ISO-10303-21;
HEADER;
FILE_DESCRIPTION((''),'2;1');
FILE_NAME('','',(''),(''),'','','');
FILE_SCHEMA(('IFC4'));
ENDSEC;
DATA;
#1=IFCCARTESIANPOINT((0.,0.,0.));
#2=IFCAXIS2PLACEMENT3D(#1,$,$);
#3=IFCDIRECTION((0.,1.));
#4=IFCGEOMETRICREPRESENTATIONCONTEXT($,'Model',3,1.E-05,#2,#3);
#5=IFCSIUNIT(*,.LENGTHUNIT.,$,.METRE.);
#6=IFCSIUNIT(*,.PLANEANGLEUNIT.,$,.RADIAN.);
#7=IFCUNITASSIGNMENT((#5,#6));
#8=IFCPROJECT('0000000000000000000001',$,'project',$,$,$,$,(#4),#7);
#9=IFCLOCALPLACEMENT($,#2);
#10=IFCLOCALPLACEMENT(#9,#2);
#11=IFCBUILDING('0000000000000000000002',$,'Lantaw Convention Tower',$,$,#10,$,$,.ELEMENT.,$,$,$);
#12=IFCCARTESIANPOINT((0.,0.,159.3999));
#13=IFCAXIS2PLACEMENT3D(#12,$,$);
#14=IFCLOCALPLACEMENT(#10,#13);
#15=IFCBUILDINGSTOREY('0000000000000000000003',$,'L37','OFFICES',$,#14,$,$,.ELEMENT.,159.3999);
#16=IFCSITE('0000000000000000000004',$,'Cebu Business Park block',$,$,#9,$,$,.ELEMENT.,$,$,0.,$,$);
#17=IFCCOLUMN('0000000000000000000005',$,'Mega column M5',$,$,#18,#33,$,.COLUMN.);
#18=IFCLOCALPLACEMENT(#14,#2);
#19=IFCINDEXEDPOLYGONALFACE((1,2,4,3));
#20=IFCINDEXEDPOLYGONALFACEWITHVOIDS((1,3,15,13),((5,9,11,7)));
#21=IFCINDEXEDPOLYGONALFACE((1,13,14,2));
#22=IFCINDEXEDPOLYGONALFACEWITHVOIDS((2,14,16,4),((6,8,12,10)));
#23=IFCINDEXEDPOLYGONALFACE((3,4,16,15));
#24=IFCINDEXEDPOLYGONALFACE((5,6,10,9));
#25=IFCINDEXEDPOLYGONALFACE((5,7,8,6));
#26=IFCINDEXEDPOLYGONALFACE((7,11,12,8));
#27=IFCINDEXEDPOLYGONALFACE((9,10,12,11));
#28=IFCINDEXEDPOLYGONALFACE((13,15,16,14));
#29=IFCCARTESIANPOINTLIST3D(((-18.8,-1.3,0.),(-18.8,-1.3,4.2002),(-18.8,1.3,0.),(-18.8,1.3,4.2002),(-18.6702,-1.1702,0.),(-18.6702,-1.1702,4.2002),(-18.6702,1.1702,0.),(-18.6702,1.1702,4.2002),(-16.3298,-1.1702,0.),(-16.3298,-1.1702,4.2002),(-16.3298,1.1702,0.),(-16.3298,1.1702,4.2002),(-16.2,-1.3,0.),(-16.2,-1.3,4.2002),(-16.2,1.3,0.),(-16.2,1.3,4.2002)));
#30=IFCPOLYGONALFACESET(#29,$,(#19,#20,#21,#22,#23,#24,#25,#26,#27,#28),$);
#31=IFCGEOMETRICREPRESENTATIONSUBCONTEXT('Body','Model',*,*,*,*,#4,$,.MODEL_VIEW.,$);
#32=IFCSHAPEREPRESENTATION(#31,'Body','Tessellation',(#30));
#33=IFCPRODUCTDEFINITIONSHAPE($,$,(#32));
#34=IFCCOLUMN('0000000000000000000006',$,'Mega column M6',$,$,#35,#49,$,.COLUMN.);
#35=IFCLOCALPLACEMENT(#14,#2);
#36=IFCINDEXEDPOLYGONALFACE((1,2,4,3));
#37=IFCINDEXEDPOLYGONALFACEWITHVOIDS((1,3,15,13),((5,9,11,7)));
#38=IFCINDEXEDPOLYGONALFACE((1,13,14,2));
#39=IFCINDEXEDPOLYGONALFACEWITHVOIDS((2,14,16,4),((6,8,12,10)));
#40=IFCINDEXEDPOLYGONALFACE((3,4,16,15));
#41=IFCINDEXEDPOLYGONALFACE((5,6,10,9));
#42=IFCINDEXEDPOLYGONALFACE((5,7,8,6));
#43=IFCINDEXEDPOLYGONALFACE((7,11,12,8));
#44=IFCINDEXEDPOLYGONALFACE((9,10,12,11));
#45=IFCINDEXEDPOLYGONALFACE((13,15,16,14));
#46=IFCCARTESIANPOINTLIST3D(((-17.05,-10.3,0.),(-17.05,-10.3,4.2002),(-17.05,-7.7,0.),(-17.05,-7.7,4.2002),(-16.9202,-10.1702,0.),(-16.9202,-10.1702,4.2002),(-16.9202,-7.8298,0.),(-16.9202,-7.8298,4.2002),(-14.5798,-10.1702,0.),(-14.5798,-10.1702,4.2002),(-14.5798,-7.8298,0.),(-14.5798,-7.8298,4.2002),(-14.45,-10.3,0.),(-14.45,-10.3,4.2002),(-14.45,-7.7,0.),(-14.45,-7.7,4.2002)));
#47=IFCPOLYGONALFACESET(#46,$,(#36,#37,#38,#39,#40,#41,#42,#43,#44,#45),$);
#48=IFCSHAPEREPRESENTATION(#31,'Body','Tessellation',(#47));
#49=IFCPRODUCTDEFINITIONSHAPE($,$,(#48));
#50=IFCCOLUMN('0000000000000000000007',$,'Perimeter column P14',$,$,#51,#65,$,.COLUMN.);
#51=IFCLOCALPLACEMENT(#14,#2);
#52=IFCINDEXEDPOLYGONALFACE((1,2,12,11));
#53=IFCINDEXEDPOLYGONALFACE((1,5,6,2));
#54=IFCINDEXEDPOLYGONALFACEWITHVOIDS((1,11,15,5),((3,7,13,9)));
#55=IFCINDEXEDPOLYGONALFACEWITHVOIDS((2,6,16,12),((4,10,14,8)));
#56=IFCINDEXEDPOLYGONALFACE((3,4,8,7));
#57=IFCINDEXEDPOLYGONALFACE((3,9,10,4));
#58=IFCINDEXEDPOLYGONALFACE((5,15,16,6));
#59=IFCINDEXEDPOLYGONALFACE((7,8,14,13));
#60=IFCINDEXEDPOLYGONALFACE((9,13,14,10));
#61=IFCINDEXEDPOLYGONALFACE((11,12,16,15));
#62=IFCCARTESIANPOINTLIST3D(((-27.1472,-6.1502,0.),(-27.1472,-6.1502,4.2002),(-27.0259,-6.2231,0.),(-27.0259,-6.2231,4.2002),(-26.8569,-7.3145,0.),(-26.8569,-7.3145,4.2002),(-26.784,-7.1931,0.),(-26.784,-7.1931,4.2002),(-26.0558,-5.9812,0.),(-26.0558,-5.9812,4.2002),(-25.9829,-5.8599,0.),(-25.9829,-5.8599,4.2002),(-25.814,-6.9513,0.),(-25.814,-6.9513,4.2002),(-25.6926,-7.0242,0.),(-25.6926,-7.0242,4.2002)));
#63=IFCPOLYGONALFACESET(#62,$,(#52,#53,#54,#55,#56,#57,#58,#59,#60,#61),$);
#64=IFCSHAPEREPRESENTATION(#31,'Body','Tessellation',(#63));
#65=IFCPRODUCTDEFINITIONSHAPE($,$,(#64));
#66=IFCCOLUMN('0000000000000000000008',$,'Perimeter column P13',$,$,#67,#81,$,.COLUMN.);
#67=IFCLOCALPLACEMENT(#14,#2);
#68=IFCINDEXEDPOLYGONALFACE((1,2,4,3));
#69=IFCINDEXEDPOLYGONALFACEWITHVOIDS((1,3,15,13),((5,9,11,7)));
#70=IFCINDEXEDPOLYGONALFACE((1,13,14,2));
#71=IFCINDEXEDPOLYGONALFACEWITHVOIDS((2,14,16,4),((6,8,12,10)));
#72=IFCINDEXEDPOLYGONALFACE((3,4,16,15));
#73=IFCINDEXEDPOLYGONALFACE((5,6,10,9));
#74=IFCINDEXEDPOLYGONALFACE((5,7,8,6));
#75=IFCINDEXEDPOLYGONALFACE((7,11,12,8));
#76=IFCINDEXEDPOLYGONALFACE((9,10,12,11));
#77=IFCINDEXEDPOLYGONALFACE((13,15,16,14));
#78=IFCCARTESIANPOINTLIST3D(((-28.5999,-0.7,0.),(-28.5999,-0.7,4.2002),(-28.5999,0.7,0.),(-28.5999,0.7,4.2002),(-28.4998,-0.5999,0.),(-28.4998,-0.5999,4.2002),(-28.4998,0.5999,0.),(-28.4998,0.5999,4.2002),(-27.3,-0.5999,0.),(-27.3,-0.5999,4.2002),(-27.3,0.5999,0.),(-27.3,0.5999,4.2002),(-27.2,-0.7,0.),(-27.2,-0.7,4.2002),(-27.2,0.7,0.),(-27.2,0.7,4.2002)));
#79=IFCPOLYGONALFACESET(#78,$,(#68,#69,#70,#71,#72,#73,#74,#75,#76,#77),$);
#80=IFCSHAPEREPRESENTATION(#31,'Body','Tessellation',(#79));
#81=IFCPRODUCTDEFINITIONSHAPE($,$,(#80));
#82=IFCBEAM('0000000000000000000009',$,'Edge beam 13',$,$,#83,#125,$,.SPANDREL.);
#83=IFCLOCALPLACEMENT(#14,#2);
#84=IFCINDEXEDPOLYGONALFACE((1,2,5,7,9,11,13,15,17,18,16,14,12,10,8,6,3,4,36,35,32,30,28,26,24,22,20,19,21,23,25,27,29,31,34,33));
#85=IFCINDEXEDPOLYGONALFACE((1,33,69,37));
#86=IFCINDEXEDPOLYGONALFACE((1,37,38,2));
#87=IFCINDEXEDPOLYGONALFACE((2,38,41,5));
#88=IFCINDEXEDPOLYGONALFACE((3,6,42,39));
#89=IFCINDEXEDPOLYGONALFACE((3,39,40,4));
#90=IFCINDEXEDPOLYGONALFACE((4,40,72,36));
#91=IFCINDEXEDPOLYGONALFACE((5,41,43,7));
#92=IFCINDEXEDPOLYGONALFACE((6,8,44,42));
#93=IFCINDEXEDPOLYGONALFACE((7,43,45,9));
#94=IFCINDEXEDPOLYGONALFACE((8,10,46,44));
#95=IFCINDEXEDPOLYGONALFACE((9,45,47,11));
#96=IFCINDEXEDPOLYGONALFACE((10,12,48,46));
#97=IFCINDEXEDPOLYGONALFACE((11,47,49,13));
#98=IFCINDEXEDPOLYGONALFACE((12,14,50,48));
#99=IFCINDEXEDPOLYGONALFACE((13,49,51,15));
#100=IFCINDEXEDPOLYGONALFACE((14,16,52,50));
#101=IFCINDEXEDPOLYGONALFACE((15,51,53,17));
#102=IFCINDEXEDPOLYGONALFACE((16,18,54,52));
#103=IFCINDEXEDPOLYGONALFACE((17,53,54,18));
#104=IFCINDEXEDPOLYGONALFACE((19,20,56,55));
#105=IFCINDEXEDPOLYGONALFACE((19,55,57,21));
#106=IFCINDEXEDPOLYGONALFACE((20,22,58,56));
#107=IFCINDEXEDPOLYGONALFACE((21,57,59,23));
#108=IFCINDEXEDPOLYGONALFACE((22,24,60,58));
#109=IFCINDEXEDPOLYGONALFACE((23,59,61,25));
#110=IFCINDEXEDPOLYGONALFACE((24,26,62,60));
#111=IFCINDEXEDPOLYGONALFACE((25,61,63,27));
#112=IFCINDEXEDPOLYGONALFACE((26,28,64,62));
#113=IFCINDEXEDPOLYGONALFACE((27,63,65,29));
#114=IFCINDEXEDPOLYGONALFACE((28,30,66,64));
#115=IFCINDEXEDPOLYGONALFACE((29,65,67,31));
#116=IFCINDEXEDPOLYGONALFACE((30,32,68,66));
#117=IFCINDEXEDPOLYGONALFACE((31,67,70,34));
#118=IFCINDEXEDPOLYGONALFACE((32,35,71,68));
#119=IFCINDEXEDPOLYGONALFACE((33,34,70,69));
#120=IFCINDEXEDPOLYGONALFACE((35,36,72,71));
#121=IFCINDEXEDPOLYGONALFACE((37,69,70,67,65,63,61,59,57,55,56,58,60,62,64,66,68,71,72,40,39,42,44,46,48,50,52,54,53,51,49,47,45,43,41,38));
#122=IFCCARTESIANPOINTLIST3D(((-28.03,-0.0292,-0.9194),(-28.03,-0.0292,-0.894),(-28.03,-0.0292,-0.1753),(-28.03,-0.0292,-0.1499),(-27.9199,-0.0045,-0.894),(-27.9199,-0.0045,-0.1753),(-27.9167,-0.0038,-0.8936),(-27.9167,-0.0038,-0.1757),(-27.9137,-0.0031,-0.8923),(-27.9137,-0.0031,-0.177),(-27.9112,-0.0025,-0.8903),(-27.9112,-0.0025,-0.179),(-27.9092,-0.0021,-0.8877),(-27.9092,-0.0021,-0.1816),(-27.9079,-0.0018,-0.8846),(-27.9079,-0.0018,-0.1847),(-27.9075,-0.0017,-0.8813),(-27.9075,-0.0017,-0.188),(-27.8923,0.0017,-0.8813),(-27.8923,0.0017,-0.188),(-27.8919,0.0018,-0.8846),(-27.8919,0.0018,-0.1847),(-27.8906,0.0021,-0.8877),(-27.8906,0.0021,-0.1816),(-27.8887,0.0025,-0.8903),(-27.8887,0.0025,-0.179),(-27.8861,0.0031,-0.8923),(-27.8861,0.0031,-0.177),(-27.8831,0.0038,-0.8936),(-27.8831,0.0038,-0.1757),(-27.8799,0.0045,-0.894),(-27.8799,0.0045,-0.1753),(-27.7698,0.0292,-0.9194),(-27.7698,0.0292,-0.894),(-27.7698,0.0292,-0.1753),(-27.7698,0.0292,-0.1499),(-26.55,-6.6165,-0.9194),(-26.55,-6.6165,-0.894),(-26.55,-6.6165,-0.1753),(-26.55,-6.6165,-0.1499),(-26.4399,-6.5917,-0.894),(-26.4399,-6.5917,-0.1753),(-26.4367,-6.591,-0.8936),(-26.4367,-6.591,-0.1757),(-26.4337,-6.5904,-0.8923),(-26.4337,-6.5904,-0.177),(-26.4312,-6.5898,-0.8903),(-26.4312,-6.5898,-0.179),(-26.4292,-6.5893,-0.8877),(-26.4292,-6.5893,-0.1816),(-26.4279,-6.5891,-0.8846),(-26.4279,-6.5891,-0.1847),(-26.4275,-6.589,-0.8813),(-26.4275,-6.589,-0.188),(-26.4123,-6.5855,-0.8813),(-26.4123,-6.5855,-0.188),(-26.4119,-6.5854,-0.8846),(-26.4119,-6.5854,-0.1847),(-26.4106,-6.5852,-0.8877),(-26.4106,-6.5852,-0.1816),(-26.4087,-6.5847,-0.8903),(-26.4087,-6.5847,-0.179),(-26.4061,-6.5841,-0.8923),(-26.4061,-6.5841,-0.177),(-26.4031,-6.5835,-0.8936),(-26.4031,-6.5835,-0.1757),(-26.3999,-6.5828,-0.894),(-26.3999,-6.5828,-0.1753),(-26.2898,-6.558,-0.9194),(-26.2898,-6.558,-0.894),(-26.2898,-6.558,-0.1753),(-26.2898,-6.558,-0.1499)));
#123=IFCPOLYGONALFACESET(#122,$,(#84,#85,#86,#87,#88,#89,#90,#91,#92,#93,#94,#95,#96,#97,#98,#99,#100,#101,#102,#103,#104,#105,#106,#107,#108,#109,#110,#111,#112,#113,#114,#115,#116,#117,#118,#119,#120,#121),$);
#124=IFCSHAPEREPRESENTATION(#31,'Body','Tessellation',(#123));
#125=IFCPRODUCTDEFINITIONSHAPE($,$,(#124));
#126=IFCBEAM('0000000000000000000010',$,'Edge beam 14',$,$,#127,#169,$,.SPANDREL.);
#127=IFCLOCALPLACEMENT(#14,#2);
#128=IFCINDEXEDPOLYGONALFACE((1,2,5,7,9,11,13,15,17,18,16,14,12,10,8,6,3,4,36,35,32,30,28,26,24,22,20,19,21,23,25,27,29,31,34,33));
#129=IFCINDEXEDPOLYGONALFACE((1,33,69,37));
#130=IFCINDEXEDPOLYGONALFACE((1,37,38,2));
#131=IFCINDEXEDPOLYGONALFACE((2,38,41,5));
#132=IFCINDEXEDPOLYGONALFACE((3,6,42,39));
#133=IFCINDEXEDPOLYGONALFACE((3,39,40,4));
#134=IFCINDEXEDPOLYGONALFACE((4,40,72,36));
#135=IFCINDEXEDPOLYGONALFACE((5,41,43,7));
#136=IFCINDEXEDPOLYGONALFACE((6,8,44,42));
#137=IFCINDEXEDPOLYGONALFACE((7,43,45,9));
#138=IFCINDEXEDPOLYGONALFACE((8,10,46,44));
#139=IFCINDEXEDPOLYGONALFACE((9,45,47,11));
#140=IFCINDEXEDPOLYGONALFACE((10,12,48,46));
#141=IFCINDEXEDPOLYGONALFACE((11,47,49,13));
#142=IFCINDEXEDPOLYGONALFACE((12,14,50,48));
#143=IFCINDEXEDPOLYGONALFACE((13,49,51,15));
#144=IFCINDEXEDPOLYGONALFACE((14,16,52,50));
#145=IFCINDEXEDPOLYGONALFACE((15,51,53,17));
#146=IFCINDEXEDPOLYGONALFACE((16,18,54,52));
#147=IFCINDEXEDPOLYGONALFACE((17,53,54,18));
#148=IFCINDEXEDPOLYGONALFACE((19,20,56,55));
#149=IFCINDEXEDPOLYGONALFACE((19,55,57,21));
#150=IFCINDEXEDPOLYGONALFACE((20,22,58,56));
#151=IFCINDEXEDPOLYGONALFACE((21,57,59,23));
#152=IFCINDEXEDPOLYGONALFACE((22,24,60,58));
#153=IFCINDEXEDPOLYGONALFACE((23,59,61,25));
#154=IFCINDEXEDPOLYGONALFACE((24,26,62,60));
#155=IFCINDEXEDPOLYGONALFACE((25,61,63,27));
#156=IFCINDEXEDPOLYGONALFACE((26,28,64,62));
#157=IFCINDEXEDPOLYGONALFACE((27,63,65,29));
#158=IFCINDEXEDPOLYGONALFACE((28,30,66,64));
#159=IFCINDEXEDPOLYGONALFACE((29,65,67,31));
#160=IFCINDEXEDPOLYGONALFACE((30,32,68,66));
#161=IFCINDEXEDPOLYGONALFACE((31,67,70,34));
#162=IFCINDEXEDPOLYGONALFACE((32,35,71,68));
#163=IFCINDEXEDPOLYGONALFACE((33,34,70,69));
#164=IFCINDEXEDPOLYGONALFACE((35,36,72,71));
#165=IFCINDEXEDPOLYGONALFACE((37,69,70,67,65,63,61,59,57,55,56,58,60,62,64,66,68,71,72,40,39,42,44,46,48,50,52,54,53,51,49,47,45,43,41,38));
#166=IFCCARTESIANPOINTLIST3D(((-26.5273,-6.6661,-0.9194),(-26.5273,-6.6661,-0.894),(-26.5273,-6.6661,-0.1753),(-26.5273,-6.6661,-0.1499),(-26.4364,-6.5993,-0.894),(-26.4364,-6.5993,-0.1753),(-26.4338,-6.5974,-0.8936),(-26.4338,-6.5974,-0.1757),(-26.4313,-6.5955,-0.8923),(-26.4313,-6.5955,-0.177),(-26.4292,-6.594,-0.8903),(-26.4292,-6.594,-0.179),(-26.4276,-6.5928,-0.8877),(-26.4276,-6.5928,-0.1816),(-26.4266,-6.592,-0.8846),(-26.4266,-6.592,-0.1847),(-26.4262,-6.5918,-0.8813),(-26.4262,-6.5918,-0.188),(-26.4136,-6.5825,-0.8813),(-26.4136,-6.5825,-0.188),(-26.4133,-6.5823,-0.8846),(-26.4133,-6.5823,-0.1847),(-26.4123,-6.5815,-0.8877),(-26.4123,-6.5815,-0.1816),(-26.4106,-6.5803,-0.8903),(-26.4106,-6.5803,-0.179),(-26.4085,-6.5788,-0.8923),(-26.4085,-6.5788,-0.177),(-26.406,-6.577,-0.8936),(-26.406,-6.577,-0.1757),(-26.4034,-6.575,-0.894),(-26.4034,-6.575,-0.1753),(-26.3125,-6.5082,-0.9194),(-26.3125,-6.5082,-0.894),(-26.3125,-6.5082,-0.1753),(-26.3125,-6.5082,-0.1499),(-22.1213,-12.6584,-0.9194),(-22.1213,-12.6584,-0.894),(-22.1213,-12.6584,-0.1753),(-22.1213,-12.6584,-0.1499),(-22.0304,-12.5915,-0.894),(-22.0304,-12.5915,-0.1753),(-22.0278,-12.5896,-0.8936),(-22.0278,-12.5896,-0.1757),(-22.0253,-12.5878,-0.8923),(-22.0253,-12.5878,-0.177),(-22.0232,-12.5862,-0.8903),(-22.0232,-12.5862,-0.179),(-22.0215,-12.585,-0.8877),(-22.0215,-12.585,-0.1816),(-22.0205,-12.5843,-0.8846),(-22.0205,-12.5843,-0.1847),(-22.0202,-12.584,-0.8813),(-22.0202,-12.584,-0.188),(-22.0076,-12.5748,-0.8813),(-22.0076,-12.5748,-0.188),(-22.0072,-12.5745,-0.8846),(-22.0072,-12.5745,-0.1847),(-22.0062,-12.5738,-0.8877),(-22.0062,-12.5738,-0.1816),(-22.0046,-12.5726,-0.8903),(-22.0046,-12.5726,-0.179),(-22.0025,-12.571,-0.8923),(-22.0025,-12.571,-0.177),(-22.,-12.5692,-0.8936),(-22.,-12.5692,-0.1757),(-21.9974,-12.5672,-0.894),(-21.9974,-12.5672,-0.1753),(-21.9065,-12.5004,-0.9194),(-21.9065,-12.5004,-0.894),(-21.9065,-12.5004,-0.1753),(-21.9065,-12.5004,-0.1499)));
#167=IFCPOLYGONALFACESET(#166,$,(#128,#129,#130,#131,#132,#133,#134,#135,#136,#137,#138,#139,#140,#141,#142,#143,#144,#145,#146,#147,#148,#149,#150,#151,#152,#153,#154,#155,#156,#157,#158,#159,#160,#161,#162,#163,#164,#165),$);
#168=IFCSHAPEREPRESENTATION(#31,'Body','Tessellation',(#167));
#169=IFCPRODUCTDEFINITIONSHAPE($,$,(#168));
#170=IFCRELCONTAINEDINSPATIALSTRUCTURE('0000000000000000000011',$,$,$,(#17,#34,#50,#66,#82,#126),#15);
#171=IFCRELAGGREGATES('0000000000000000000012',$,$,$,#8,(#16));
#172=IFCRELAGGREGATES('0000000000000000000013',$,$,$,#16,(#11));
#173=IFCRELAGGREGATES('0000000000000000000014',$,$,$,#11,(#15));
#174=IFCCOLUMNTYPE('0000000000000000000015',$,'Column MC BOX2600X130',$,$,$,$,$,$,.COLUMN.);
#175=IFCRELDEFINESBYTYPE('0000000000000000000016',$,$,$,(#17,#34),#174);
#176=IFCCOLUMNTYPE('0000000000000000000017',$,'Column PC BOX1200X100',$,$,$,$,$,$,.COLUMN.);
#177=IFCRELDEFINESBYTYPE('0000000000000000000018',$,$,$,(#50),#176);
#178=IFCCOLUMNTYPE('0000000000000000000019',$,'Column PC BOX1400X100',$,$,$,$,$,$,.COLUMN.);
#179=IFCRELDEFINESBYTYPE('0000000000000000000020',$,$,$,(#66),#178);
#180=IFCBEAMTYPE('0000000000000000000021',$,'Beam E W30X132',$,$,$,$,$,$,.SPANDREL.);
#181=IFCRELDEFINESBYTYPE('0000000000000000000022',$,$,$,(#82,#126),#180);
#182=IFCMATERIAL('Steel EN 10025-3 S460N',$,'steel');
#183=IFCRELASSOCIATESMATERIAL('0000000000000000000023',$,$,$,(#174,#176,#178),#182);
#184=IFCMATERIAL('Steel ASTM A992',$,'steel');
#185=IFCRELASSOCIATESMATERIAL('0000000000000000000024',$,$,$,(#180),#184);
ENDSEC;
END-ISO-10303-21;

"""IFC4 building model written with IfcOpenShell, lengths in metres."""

from ifc_helpers import new_model, si_unit, direction, frame, origin, origin_2d, place, context, subcontext, project, spatial, rectangle, hollow_rectangle, i_section, extrude, material, material_profile, profile_set, type_object, element, save


model = new_model("IFC4")

# Units and contexts
model_context = context("Model", 3, precision=1e-05, world=origin(), true_north=direction((0.0, 1.0)))
body_context = subcontext(model_context, "Body", "Model", "MODEL_VIEW")
ifc_project = project(units=[si_unit("LENGTHUNIT", "METRE"), si_unit("PLANEANGLEUNIT", "RADIAN")], contexts=[model_context])

# Site, building, storey
site_placement = place(None, origin())
site = spatial("IfcSite", under=ifc_project, at=site_placement, Name="Cebu Business Park block", CompositionType="ELEMENT", RefElevation=0.0)
building_placement = place(site_placement, origin())
building = spatial("IfcBuilding", under=site, at=building_placement, Name="Lantaw Convention Tower", CompositionType="ELEMENT")
storey_placement = place(building_placement, frame((0.0, 0.0, 159.3999)))
storey = spatial("IfcBuildingStorey", under=building, at=storey_placement, Name="L37", Description="OFFICES", CompositionType="ELEMENT", Elevation=159.3999)

# Columns
ifc_material_1 = material(Name="Steel EN 10025-3 S460N", Category="steel")
ifc_material_profile_1 = material_profile(ifc_material_1, hollow_rectangle(XDim=2.6001, YDim=2.6001, WallThickness=0.1299, at=origin_2d()), Name="BOX2600X130")
ifc_material_2 = material(Name="Concrete C60/75", Category="concrete")
ifc_material_profile_2 = material_profile(ifc_material_2, rectangle(XDim=2.3401, YDim=2.3401, at=origin_2d()), Name="Concrete fill of BOX2600X130")
ifc_profile_set_1 = profile_set([ifc_material_profile_1, ifc_material_profile_2], Name="Steel EN 10025-3 S460N")
column_type_1 = type_object("IfcColumnType", Name="Column MC BOX2600X130", PredefinedType="COLUMN", material=ifc_profile_set_1)
for number, where, z_axis, x_axis, name in (
    (1, (-17.5, 0.0, 0.0), (0.0, 0.0, 1.0), (1.0, 0.0, 0.0), "Mega column M5"),
    (2, (-15.75, -9.0, 0.0), (0.0, 0.0, 1.0), (1.0, 0.0, 0.0), "Mega column M6"),
):
    element("IfcColumn", number, at=place(storey_placement, frame(where, z_axis=z_axis, x_axis=x_axis)), inside=storey, type_object=column_type_1, Name=name, PredefinedType="COLUMN", context=body_context, shape_type="SweptSolid", body=[
        extrude(hollow_rectangle(XDim=2.6001, YDim=2.6001, WallThickness=0.1299, at=origin_2d()), origin(), (0.0, 0.0, 1.0), 4.2002),
    ])
ifc_material_profile_3 = material_profile(ifc_material_1, hollow_rectangle(XDim=1.2, YDim=1.2, WallThickness=0.1001, at=origin_2d()), Name="BOX1200X100")
ifc_material_profile_4 = material_profile(ifc_material_2, rectangle(XDim=1.0, YDim=1.0, at=origin_2d()), Name="Concrete fill of BOX1200X100")
ifc_profile_set_2 = profile_set([ifc_material_profile_3, ifc_material_profile_4], Name="Steel EN 10025-3 S460N")
column_type_2 = type_object("IfcColumnType", Name="Column PC BOX1200X100", PredefinedType="COLUMN", material=ifc_profile_set_2)
column_1_placement = place(storey_placement, frame((-26.4199, -6.5872, 0.0), z_axis=(0.0, 0.0, 1.0), x_axis=(0.970296, 0.241922, 0.0)))
element("IfcColumn", 3, at=column_1_placement, inside=storey, type_object=column_type_2, Name="Perimeter column P14", PredefinedType="COLUMN", context=body_context, shape_type="SweptSolid", body=[
    extrude(hollow_rectangle(XDim=1.2, YDim=1.2, WallThickness=0.1001, at=origin_2d()), origin(), (0.0, 0.0, 1.0), 4.2002),
])
ifc_material_profile_5 = material_profile(ifc_material_1, hollow_rectangle(XDim=1.3999, YDim=1.3999, WallThickness=0.1001, at=origin_2d()), Name="BOX1400X100")
ifc_material_profile_6 = material_profile(ifc_material_2, rectangle(XDim=1.2, YDim=1.2, at=origin_2d()), Name="Concrete fill of BOX1400X100")
ifc_profile_set_3 = profile_set([ifc_material_profile_5, ifc_material_profile_6], Name="Steel EN 10025-3 S460N")
column_type_3 = type_object("IfcColumnType", Name="Column PC BOX1400X100", PredefinedType="COLUMN", material=ifc_profile_set_3)
column_2_placement = place(storey_placement, frame((-27.8999, 0.0, 0.0), z_axis=(0.0, 0.0, 1.0), x_axis=(1.0, 0.0, 0.0)))
element("IfcColumn", 4, at=column_2_placement, inside=storey, type_object=column_type_3, Name="Perimeter column P13", PredefinedType="COLUMN", context=body_context, shape_type="SweptSolid", body=[
    extrude(hollow_rectangle(XDim=1.3999, YDim=1.3999, WallThickness=0.1001, at=origin_2d()), origin(), (0.0, 0.0, 1.0), 4.2002),
])

# Beams
ifc_material_3 = material(Name="Steel ASTM A992", Category="steel")
ifc_material_profile_7 = material_profile(ifc_material_3, i_section(OverallWidth=0.2666, OverallDepth=0.7695, WebThickness=0.0156, FlangeThickness=0.0254, FilletRadius=0.0127, at=origin_2d()), Name="W30X132")
ifc_profile_set_4 = profile_set([ifc_material_profile_7], Name="Steel ASTM A992")
beam_type_1 = type_object("IfcBeamType", Name="Beam E W30X132", PredefinedType="SPANDREL", material=ifc_profile_set_4)
beam_1_placement = place(storey_placement, frame((-27.8999, 0.0, -0.5347), z_axis=(0.219212, -0.975677, 0.0), x_axis=(0.975677, 0.219212, 0.0)))
element("IfcBeam", 5, at=beam_1_placement, inside=storey, type_object=beam_type_1, Name="Edge beam 13", PredefinedType="SPANDREL", context=body_context, shape_type="SweptSolid", body=[
    extrude(i_section(OverallWidth=0.2666, OverallDepth=0.7695, WebThickness=0.0156, FlangeThickness=0.0254, FilletRadius=0.0127, at=origin_2d()), origin(), (0.0, 0.0, 1.0), 6.7515),
])
beam_2_placement = place(storey_placement, frame((-26.4199, -6.5872, -0.5347), z_axis=(0.592389, -0.805652, 0.0), x_axis=(0.805652, 0.592389, 0.0)))
element("IfcBeam", 6, at=beam_2_placement, inside=storey, type_object=beam_type_1, Name="Edge beam 14", PredefinedType="SPANDREL", context=body_context, shape_type="SweptSolid", body=[
    extrude(i_section(OverallWidth=0.2666, OverallDepth=0.7695, WebThickness=0.0156, FlangeThickness=0.0254, FilletRadius=0.0127, at=origin_2d()), origin(), (0.0, 0.0, 1.0), 7.4377),
])

save(model, "model.ifc")
